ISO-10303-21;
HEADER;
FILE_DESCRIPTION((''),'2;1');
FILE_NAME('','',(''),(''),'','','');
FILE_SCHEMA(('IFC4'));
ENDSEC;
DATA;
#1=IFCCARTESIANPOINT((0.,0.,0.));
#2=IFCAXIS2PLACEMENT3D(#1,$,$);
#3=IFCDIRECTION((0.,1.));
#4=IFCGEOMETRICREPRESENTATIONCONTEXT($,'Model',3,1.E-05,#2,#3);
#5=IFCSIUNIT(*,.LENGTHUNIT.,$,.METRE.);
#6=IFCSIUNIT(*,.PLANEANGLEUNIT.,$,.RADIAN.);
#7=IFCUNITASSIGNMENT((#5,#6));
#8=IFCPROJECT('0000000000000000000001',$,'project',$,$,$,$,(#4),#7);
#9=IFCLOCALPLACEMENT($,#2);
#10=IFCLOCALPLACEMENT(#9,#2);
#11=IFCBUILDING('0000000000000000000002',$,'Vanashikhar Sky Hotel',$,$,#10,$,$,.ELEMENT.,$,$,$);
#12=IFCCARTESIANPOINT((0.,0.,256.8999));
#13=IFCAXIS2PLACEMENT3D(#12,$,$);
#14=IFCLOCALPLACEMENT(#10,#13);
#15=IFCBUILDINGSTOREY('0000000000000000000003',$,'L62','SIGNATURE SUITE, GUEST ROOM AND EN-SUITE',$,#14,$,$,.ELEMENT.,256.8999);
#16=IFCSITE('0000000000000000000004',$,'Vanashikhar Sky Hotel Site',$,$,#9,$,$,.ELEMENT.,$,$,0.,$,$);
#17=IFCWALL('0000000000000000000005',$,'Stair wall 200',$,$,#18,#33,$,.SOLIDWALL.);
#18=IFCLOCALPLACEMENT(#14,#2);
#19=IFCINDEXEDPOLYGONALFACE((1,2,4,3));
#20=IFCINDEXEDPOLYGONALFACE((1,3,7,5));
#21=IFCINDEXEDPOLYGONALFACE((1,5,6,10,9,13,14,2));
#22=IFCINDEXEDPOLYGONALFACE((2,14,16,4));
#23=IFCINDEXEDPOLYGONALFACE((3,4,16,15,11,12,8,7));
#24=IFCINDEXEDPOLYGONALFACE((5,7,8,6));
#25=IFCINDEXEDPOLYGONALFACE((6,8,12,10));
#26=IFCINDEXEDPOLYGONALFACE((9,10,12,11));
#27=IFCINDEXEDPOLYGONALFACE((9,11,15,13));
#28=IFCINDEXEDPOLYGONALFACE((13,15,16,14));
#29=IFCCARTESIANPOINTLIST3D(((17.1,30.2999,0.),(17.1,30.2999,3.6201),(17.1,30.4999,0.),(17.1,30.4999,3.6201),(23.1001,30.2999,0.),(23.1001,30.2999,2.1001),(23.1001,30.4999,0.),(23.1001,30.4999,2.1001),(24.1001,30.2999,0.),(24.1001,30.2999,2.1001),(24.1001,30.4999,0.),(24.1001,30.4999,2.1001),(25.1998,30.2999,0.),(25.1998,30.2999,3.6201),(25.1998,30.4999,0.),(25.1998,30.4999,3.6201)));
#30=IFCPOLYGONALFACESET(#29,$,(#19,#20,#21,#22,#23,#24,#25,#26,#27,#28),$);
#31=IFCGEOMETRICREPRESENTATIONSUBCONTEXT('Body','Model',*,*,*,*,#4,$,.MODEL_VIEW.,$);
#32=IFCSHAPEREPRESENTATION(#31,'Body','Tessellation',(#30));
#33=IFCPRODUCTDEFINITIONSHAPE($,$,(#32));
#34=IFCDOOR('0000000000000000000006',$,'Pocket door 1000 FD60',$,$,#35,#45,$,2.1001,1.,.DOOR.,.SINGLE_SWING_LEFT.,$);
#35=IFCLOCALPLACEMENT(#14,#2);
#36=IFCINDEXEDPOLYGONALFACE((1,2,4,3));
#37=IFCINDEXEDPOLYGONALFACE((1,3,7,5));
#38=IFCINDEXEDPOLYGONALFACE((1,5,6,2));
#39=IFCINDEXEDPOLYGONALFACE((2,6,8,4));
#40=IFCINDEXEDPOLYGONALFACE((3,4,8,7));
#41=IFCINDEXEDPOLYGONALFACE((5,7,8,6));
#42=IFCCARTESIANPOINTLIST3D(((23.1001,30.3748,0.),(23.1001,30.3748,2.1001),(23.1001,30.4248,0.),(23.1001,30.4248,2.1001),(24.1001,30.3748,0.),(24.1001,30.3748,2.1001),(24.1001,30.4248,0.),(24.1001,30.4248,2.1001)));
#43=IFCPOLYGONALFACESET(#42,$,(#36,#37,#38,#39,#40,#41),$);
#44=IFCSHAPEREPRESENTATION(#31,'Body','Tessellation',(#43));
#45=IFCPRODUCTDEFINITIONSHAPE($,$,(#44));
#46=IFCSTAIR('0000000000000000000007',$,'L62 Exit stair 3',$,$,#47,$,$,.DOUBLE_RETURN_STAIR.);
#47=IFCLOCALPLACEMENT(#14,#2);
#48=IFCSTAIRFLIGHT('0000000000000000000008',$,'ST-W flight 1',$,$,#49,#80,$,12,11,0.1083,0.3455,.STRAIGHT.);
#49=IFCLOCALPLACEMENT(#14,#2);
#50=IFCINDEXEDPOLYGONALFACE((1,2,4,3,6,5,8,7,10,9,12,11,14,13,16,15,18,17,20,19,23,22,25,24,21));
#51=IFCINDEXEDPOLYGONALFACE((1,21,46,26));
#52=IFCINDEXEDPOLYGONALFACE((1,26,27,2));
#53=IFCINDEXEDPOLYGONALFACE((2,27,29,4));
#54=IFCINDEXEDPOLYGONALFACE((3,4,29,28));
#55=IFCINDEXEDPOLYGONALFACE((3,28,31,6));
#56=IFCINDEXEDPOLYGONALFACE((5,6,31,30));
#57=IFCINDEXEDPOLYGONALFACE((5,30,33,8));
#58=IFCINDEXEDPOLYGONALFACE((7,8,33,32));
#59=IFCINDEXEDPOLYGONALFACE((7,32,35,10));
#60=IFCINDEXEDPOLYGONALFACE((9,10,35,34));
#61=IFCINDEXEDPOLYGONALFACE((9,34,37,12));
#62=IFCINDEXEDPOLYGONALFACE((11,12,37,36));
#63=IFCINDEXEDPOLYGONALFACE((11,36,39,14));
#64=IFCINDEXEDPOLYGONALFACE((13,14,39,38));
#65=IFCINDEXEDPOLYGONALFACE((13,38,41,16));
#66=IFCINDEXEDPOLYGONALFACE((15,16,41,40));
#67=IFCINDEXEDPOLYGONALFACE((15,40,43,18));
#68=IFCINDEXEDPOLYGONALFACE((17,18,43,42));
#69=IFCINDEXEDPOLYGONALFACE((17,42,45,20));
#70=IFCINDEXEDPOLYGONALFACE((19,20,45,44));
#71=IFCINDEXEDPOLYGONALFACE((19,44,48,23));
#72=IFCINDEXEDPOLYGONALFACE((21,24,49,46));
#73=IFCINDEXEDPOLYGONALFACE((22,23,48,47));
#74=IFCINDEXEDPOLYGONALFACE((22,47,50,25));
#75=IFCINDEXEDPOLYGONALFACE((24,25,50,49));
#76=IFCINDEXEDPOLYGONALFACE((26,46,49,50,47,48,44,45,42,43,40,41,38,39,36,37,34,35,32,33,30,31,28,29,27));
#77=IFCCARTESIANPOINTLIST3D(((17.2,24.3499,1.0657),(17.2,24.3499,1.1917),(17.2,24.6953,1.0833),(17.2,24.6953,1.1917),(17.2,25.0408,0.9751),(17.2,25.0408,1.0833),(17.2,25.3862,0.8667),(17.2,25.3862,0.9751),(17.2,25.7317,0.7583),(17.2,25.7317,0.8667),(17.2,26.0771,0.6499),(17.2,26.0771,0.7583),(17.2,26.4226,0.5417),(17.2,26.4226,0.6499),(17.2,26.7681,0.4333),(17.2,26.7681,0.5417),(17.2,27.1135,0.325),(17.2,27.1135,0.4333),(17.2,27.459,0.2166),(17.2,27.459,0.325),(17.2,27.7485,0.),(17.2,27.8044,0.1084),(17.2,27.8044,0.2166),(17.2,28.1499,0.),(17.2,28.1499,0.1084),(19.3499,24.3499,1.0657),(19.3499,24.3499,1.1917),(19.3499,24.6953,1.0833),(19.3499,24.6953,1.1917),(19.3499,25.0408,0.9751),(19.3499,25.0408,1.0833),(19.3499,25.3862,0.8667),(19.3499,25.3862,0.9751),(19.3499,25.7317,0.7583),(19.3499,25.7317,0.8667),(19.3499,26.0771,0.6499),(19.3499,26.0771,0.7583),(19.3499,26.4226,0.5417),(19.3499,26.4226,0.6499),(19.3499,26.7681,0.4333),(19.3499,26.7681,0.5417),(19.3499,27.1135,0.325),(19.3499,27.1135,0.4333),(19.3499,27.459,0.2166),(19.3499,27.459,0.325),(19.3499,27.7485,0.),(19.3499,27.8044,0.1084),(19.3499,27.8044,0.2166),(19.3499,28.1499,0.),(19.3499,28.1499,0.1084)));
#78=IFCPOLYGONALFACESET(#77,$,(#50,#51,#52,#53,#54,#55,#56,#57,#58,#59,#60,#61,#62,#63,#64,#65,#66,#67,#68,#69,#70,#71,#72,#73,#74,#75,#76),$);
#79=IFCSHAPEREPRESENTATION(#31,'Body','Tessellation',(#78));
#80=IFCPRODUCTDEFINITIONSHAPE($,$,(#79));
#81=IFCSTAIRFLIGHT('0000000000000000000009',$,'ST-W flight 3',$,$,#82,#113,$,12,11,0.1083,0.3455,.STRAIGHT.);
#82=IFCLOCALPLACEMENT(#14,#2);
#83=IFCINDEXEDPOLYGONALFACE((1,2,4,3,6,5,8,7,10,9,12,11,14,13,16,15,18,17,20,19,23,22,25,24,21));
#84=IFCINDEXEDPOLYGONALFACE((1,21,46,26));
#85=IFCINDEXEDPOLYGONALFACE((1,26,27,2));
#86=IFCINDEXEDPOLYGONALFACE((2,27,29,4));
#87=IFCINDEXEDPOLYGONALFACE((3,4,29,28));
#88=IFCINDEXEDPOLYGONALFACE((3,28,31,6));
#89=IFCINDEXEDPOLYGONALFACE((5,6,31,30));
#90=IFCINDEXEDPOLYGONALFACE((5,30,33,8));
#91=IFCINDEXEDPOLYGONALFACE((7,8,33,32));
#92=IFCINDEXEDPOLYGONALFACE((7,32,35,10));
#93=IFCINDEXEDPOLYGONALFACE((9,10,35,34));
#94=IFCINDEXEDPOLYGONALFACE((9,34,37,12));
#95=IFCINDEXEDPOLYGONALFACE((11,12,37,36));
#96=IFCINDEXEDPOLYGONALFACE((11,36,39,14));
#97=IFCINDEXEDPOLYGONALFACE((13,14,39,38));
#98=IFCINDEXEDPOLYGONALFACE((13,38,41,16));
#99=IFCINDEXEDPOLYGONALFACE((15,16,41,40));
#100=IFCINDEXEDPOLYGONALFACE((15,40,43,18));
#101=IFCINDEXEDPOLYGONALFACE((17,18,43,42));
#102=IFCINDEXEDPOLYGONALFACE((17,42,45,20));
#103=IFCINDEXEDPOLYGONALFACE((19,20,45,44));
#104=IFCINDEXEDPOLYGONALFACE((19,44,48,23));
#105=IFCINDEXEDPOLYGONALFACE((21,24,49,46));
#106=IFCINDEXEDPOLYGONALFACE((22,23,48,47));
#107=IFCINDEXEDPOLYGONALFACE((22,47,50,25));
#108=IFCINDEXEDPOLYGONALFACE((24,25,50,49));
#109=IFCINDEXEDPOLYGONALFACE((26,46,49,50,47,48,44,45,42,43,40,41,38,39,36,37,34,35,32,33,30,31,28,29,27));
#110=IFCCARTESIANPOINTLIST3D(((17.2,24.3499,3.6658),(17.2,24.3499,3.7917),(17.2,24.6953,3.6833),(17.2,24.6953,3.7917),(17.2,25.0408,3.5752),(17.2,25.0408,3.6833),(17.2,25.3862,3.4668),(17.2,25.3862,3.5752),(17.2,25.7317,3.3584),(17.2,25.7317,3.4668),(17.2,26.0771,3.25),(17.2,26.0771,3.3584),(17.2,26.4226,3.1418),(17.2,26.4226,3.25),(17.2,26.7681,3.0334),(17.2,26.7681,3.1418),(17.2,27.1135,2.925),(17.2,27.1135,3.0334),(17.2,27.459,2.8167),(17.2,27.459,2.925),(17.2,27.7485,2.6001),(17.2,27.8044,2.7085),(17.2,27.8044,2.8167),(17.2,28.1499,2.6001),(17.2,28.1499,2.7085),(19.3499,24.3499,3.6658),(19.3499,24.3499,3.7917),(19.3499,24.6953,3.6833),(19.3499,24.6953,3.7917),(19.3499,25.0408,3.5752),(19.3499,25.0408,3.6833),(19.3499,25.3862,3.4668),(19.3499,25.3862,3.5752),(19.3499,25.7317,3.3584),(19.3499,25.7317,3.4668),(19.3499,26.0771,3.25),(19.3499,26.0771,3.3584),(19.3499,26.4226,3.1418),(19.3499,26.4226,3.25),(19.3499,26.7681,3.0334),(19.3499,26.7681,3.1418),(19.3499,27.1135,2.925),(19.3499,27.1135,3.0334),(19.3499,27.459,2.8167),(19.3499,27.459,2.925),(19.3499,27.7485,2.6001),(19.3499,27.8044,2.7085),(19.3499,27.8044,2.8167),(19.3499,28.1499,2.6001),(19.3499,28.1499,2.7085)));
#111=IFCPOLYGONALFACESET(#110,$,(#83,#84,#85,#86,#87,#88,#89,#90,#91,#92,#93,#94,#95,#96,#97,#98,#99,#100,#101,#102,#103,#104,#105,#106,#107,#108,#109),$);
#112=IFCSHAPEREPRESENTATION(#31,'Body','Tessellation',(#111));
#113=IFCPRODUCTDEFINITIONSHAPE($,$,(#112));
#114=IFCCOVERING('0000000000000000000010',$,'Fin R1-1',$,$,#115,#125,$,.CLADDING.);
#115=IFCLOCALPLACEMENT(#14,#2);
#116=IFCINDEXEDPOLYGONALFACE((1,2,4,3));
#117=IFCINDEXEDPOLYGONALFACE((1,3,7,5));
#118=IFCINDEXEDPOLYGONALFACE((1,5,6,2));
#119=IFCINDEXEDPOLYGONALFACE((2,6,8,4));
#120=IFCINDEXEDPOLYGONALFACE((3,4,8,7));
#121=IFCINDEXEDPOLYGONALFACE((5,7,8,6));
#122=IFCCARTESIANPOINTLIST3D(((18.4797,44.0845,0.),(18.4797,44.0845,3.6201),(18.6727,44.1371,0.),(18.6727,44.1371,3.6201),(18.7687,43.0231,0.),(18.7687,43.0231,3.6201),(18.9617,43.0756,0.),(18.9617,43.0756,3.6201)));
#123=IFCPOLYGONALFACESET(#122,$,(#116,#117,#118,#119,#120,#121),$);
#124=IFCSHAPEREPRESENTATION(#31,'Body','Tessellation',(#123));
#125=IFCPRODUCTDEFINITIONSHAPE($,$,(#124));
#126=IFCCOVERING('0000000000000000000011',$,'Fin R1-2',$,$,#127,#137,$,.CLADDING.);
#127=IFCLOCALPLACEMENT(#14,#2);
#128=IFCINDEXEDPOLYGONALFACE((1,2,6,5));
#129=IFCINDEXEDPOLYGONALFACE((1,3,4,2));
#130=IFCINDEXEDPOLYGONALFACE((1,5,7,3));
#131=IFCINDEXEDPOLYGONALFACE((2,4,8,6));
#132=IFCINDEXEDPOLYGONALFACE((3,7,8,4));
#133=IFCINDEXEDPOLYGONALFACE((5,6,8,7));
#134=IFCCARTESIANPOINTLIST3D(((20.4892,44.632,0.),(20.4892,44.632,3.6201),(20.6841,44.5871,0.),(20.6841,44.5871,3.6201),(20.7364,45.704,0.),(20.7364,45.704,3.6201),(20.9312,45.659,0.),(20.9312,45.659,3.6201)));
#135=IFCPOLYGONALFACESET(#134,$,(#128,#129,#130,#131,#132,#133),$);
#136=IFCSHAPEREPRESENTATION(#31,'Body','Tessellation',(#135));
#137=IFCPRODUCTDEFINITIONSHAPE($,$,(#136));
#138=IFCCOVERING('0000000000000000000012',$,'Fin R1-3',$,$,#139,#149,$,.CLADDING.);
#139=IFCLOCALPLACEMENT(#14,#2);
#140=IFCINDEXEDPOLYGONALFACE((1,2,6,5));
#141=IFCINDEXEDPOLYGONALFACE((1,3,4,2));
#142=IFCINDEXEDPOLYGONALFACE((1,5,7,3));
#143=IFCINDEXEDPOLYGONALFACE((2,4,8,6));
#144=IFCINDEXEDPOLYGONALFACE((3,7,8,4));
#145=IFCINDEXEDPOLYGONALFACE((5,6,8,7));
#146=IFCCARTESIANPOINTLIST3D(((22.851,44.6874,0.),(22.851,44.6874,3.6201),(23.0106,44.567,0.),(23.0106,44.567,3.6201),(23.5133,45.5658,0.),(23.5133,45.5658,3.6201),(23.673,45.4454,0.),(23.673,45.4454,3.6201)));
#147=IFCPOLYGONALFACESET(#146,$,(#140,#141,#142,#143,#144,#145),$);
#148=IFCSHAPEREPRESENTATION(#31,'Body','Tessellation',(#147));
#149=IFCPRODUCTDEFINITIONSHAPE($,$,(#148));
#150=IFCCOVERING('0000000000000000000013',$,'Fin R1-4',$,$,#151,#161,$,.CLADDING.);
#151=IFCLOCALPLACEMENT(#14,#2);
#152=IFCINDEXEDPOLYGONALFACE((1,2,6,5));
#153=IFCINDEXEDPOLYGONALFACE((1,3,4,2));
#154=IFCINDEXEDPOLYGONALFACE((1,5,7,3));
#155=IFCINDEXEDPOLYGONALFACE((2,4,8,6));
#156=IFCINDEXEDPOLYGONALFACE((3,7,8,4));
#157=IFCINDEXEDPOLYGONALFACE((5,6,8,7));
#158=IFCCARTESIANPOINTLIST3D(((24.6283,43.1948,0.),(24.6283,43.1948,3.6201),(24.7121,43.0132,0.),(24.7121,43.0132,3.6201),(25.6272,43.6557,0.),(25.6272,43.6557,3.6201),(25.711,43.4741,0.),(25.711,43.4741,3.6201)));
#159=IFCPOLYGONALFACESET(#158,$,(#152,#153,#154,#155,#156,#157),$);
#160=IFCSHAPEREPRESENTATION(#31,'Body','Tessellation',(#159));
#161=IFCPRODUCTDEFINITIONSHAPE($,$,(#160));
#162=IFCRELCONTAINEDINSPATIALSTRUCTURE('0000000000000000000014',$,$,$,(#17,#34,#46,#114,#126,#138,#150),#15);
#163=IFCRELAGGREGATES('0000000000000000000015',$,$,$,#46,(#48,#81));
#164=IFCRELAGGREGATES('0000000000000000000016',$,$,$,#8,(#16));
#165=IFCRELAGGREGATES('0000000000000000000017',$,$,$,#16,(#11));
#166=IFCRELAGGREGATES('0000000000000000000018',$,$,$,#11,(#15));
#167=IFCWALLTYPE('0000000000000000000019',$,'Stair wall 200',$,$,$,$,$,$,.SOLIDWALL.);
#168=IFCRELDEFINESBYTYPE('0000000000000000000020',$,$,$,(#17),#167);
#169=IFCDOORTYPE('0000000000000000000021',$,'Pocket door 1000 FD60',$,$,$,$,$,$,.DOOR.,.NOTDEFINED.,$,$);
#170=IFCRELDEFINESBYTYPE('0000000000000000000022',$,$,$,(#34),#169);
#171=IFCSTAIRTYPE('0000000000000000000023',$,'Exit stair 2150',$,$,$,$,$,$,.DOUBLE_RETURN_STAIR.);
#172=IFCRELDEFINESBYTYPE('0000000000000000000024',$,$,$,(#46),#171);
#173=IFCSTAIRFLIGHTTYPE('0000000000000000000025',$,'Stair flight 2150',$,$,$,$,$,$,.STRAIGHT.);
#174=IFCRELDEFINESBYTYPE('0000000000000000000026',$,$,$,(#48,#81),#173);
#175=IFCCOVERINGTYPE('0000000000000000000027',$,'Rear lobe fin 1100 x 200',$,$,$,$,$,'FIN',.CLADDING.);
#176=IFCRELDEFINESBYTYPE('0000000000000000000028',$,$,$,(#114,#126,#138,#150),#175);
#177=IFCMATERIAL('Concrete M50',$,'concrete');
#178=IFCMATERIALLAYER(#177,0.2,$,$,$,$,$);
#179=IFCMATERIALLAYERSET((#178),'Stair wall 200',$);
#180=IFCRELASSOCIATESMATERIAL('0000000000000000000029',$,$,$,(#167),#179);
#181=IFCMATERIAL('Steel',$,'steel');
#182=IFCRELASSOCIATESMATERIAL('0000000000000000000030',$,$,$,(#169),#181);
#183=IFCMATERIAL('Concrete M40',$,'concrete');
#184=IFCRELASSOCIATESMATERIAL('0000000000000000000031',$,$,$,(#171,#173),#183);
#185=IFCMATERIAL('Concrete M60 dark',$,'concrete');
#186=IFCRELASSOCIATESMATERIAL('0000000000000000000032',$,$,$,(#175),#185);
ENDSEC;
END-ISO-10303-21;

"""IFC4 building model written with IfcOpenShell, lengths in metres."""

from ifc_helpers import new_model, si_unit, direction, frame, frame_2d, origin, origin_2d, place, context, subcontext, project, spatial, polyline, rectangle, outline, extrude, source, transform, mapped, material, layer, layer_set, material_profile, profile_set, type_object, element, fill, aggregate, save


model = new_model("IFC4")

# Units and contexts
model_context = context("Model", 3, precision=1e-05, world=origin(), true_north=direction((0.0, 1.0)))
body_context = subcontext(model_context, "Body", "Model", "MODEL_VIEW")
ifc_project = project(units=[si_unit("LENGTHUNIT", "METRE"), si_unit("PLANEANGLEUNIT", "RADIAN")], contexts=[model_context])

# Site, building, storey
site_placement = place(None, origin())
site = spatial("IfcSite", under=ifc_project, at=site_placement, Name="Vanashikhar Sky Hotel Site", CompositionType="ELEMENT", RefElevation=0.0)
building_placement = place(site_placement, origin())
building = spatial("IfcBuilding", under=site, at=building_placement, Name="Vanashikhar Sky Hotel", CompositionType="ELEMENT")
storey_placement = place(building_placement, frame((0.0, 0.0, 256.8999)))
storey = spatial("IfcBuildingStorey", under=building, at=storey_placement, Name="L62", Description="SIGNATURE SUITE, GUEST ROOM AND EN-SUITE", CompositionType="ELEMENT", Elevation=256.8999)

# Shared definitions
ifc_material_1 = material(Name="Concrete M50", Category="concrete")

# Wall, opening, door
ifc_layer_1 = layer(ifc_material_1, 0.2)
ifc_layer_set_1 = layer_set([ifc_layer_1], Name="Stair wall 200")
wall_type_1 = type_object("IfcWallType", Name="Stair wall 200", PredefinedType="SOLIDWALL", material=ifc_layer_set_1)
shared_shape_1 = source(origin(), body_context, "Body", "SweptSolid", [
    extrude(rectangle(XDim=8.0999, YDim=0.2, at=frame_2d((4.0498, 0.0))), origin(), (0.0, 0.0, 1.0), 3.6201),
])
wall_1_placement = place(storey_placement, frame((17.1001, 30.3999, 0.0), z_axis=(0.0, 0.0, 1.0), x_axis=(1.0, 0.0, 0.0)))
wall_1 = element("IfcWall", 1, at=wall_1_placement, inside=storey, type_object=wall_type_1, Name="Stair wall 200", PredefinedType="SOLIDWALL", context=body_context, shape_type="MappedRepresentation", body=[
    mapped(shared_shape_1, transform((0.0, 0.0, 0.0), scale=1.0)),
])
shared_shape_2 = source(origin(), body_context, "Body", "SweptSolid", [
    extrude(rectangle(XDim=1.0, YDim=2.1001, at=frame_2d((0.5, 1.05))), frame((0.0, 0.1099, 0.0), z_axis=(0.0, -1.0, 0.0), x_axis=(1.0, 0.0, 0.0)), (0.0, 0.0, 1.0), 0.22),
])
opening_1_placement = place(wall_1_placement, frame((6.0, 0.0, 0.0)))
opening_1 = element("IfcOpeningElement", 2, at=opening_1_placement, cuts=wall_1, PredefinedType="OPENING", context=body_context, shape_type="MappedRepresentation", body=[
    mapped(shared_shape_2, transform((0.0, 0.0, 0.0), scale=1.0)),
])
ifc_material_2 = material(Name="Steel", Category="steel")
door_type = type_object("IfcDoorType", Name="Pocket door 1000 FD60", OperationType="NOTDEFINED", PredefinedType="DOOR", material=ifc_material_2)
shared_shape_3 = source(origin(), body_context, "Body", "SweptSolid", [
    extrude(rectangle(XDim=1.0, YDim=2.1001, at=frame_2d((0.5, 1.05))), frame((0.0, 0.0249, 0.0), z_axis=(0.0, -1.0, 0.0), x_axis=(1.0, 0.0, 0.0)), (0.0, 0.0, 1.0), 0.05),
])
door_placement = place(opening_1_placement, origin())
door = element("IfcDoor", 3, at=door_placement, inside=storey, type_object=door_type, Name="Pocket door 1000 FD60", OperationType="SINGLE_SWING_LEFT", OverallHeight=2.1001, OverallWidth=1.0, PredefinedType="DOOR", context=body_context, shape_type="MappedRepresentation", body=[
    mapped(shared_shape_3, transform((0.0, 0.0, 0.0), scale=1.0)),
])
fill(opening_1, door)

# Stair, stair flights
ifc_material_3 = material(Name="Concrete M40", Category="concrete")
stair_type = type_object("IfcStairType", Name="Exit stair 2150", PredefinedType="DOUBLE_RETURN_STAIR", material=ifc_material_3)
stair_placement = place(storey_placement, origin())
stair = element("IfcStair", 4, at=stair_placement, inside=storey, type_object=stair_type, Name="L62 Exit stair 3", PredefinedType="DOUBLE_RETURN_STAIR")
stair_flight_type = type_object("IfcStairFlightType", Name="Stair flight 2150", PredefinedType="STRAIGHT", material=ifc_material_3)
shared_shape_4 = source(origin(), body_context, "Body", "SweptSolid", [
    extrude(outline(polyline([(0.0, 0.0), (0.0, 0.1084), (0.3455, 0.1084), (0.3455, 0.2166), (0.6909, 0.2166), (0.6909, 0.325), (1.0364, 0.325), (1.0364, 0.4333), (1.3818, 0.4333), (1.3818, 0.5417), (1.7273, 0.5417), (1.7273, 0.6499), (2.0728, 0.6499), (2.0728, 0.7583), (2.4182, 0.7583), (2.4182, 0.8667), (2.7637, 0.8667), (2.7637, 0.9751), (3.1091, 0.9751), (3.1091, 1.0833), (3.4546, 1.0833), (3.4546, 1.1917), (3.8, 1.1917), (3.8, 1.3), (3.8, 1.0657), (0.4014, 0.0), (0.0, 0.0)])), frame((0.0, 1.075, 0.0), z_axis=(0.0, -1.0, 0.0), x_axis=(1.0, 0.0, 0.0)), (0.0, 0.0, 1.0), 2.1499),
])
stair_flight_1_placement = place(storey_placement, frame((18.2749, 28.1499, 0.0), z_axis=(0.0, 0.0, 1.0), x_axis=(0.0, -1.0, 0.0)))
stair_flight_1 = element("IfcStairFlight", 5, at=stair_flight_1_placement, type_object=stair_flight_type, Name="ST-W flight 1", NumberOfRisers=12, NumberOfTreads=11, PredefinedType="STRAIGHT", RiserHeight=0.1083, TreadLength=0.3455, context=body_context, shape_type="MappedRepresentation", body=[
    mapped(shared_shape_4, transform((0.0, 0.0, 0.0), scale=1.0)),
])
stair_flight_2_placement = place(storey_placement, frame((18.2749, 28.1499, 2.6001), z_axis=(0.0, 0.0, 1.0), x_axis=(0.0, -1.0, 0.0)))
stair_flight_2 = element("IfcStairFlight", 6, at=stair_flight_2_placement, type_object=stair_flight_type, Name="ST-W flight 3", NumberOfRisers=12, NumberOfTreads=11, PredefinedType="STRAIGHT", RiserHeight=0.1083, TreadLength=0.3455, context=body_context, shape_type="MappedRepresentation", body=[
    mapped(shared_shape_4, transform((0.0, 0.0, 0.0), scale=1.0)),
])
aggregate(stair, [stair_flight_1, stair_flight_2])

# Coverings
ifc_material_4 = material(Name="Concrete M60 dark", Category="concrete")
ifc_material_profile = material_profile(ifc_material_4, rectangle(XDim=1.1001, YDim=0.2, at=origin_2d()))
ifc_profile_set = profile_set([ifc_material_profile], Name="Rear lobe fin 1100 x 200")
covering_type = type_object("IfcCoveringType", Name="Rear lobe fin 1100 x 200", ElementType="FIN", PredefinedType="CLADDING", material=ifc_profile_set)
shared_shape_5 = source(origin(), body_context, "Body", "SweptSolid", [
    extrude(rectangle(XDim=1.1001, YDim=0.2, at=origin_2d()), origin(), (0.0, 0.0, 1.0), 3.6201),
])
for number, where, z_axis, x_axis, name in (
    (7, (18.7207, 43.5801, 0.0), (0.0, 0.0, 1.0), (-0.262711, 0.964874, 0.0), "Fin R1-1"),
    (8, (20.7102, 45.1455, 0.0), (0.0, 0.0, 1.0), (0.224645, 0.974441, 0.0), "Fin R1-2"),
    (9, (23.262, 45.0664, 0.0), (0.0, 0.0, 1.0), (0.602066, 0.798446, 0.0), "Fin R1-3"),
    (10, (25.1697, 43.3345, 0.0), (0.0, 0.0, 1.0), (0.908004, 0.418961, 0.0), "Fin R1-4"),
):
    element("IfcCovering", number, at=place(storey_placement, frame(where, z_axis=z_axis, x_axis=x_axis)), inside=storey, type_object=covering_type, Name=name, PredefinedType="CLADDING", context=body_context, shape_type="MappedRepresentation", body=[
        mapped(shared_shape_5, transform((0.0, 0.0, 0.0), scale=1.0)),
    ])

save(model, "model.ifc")
